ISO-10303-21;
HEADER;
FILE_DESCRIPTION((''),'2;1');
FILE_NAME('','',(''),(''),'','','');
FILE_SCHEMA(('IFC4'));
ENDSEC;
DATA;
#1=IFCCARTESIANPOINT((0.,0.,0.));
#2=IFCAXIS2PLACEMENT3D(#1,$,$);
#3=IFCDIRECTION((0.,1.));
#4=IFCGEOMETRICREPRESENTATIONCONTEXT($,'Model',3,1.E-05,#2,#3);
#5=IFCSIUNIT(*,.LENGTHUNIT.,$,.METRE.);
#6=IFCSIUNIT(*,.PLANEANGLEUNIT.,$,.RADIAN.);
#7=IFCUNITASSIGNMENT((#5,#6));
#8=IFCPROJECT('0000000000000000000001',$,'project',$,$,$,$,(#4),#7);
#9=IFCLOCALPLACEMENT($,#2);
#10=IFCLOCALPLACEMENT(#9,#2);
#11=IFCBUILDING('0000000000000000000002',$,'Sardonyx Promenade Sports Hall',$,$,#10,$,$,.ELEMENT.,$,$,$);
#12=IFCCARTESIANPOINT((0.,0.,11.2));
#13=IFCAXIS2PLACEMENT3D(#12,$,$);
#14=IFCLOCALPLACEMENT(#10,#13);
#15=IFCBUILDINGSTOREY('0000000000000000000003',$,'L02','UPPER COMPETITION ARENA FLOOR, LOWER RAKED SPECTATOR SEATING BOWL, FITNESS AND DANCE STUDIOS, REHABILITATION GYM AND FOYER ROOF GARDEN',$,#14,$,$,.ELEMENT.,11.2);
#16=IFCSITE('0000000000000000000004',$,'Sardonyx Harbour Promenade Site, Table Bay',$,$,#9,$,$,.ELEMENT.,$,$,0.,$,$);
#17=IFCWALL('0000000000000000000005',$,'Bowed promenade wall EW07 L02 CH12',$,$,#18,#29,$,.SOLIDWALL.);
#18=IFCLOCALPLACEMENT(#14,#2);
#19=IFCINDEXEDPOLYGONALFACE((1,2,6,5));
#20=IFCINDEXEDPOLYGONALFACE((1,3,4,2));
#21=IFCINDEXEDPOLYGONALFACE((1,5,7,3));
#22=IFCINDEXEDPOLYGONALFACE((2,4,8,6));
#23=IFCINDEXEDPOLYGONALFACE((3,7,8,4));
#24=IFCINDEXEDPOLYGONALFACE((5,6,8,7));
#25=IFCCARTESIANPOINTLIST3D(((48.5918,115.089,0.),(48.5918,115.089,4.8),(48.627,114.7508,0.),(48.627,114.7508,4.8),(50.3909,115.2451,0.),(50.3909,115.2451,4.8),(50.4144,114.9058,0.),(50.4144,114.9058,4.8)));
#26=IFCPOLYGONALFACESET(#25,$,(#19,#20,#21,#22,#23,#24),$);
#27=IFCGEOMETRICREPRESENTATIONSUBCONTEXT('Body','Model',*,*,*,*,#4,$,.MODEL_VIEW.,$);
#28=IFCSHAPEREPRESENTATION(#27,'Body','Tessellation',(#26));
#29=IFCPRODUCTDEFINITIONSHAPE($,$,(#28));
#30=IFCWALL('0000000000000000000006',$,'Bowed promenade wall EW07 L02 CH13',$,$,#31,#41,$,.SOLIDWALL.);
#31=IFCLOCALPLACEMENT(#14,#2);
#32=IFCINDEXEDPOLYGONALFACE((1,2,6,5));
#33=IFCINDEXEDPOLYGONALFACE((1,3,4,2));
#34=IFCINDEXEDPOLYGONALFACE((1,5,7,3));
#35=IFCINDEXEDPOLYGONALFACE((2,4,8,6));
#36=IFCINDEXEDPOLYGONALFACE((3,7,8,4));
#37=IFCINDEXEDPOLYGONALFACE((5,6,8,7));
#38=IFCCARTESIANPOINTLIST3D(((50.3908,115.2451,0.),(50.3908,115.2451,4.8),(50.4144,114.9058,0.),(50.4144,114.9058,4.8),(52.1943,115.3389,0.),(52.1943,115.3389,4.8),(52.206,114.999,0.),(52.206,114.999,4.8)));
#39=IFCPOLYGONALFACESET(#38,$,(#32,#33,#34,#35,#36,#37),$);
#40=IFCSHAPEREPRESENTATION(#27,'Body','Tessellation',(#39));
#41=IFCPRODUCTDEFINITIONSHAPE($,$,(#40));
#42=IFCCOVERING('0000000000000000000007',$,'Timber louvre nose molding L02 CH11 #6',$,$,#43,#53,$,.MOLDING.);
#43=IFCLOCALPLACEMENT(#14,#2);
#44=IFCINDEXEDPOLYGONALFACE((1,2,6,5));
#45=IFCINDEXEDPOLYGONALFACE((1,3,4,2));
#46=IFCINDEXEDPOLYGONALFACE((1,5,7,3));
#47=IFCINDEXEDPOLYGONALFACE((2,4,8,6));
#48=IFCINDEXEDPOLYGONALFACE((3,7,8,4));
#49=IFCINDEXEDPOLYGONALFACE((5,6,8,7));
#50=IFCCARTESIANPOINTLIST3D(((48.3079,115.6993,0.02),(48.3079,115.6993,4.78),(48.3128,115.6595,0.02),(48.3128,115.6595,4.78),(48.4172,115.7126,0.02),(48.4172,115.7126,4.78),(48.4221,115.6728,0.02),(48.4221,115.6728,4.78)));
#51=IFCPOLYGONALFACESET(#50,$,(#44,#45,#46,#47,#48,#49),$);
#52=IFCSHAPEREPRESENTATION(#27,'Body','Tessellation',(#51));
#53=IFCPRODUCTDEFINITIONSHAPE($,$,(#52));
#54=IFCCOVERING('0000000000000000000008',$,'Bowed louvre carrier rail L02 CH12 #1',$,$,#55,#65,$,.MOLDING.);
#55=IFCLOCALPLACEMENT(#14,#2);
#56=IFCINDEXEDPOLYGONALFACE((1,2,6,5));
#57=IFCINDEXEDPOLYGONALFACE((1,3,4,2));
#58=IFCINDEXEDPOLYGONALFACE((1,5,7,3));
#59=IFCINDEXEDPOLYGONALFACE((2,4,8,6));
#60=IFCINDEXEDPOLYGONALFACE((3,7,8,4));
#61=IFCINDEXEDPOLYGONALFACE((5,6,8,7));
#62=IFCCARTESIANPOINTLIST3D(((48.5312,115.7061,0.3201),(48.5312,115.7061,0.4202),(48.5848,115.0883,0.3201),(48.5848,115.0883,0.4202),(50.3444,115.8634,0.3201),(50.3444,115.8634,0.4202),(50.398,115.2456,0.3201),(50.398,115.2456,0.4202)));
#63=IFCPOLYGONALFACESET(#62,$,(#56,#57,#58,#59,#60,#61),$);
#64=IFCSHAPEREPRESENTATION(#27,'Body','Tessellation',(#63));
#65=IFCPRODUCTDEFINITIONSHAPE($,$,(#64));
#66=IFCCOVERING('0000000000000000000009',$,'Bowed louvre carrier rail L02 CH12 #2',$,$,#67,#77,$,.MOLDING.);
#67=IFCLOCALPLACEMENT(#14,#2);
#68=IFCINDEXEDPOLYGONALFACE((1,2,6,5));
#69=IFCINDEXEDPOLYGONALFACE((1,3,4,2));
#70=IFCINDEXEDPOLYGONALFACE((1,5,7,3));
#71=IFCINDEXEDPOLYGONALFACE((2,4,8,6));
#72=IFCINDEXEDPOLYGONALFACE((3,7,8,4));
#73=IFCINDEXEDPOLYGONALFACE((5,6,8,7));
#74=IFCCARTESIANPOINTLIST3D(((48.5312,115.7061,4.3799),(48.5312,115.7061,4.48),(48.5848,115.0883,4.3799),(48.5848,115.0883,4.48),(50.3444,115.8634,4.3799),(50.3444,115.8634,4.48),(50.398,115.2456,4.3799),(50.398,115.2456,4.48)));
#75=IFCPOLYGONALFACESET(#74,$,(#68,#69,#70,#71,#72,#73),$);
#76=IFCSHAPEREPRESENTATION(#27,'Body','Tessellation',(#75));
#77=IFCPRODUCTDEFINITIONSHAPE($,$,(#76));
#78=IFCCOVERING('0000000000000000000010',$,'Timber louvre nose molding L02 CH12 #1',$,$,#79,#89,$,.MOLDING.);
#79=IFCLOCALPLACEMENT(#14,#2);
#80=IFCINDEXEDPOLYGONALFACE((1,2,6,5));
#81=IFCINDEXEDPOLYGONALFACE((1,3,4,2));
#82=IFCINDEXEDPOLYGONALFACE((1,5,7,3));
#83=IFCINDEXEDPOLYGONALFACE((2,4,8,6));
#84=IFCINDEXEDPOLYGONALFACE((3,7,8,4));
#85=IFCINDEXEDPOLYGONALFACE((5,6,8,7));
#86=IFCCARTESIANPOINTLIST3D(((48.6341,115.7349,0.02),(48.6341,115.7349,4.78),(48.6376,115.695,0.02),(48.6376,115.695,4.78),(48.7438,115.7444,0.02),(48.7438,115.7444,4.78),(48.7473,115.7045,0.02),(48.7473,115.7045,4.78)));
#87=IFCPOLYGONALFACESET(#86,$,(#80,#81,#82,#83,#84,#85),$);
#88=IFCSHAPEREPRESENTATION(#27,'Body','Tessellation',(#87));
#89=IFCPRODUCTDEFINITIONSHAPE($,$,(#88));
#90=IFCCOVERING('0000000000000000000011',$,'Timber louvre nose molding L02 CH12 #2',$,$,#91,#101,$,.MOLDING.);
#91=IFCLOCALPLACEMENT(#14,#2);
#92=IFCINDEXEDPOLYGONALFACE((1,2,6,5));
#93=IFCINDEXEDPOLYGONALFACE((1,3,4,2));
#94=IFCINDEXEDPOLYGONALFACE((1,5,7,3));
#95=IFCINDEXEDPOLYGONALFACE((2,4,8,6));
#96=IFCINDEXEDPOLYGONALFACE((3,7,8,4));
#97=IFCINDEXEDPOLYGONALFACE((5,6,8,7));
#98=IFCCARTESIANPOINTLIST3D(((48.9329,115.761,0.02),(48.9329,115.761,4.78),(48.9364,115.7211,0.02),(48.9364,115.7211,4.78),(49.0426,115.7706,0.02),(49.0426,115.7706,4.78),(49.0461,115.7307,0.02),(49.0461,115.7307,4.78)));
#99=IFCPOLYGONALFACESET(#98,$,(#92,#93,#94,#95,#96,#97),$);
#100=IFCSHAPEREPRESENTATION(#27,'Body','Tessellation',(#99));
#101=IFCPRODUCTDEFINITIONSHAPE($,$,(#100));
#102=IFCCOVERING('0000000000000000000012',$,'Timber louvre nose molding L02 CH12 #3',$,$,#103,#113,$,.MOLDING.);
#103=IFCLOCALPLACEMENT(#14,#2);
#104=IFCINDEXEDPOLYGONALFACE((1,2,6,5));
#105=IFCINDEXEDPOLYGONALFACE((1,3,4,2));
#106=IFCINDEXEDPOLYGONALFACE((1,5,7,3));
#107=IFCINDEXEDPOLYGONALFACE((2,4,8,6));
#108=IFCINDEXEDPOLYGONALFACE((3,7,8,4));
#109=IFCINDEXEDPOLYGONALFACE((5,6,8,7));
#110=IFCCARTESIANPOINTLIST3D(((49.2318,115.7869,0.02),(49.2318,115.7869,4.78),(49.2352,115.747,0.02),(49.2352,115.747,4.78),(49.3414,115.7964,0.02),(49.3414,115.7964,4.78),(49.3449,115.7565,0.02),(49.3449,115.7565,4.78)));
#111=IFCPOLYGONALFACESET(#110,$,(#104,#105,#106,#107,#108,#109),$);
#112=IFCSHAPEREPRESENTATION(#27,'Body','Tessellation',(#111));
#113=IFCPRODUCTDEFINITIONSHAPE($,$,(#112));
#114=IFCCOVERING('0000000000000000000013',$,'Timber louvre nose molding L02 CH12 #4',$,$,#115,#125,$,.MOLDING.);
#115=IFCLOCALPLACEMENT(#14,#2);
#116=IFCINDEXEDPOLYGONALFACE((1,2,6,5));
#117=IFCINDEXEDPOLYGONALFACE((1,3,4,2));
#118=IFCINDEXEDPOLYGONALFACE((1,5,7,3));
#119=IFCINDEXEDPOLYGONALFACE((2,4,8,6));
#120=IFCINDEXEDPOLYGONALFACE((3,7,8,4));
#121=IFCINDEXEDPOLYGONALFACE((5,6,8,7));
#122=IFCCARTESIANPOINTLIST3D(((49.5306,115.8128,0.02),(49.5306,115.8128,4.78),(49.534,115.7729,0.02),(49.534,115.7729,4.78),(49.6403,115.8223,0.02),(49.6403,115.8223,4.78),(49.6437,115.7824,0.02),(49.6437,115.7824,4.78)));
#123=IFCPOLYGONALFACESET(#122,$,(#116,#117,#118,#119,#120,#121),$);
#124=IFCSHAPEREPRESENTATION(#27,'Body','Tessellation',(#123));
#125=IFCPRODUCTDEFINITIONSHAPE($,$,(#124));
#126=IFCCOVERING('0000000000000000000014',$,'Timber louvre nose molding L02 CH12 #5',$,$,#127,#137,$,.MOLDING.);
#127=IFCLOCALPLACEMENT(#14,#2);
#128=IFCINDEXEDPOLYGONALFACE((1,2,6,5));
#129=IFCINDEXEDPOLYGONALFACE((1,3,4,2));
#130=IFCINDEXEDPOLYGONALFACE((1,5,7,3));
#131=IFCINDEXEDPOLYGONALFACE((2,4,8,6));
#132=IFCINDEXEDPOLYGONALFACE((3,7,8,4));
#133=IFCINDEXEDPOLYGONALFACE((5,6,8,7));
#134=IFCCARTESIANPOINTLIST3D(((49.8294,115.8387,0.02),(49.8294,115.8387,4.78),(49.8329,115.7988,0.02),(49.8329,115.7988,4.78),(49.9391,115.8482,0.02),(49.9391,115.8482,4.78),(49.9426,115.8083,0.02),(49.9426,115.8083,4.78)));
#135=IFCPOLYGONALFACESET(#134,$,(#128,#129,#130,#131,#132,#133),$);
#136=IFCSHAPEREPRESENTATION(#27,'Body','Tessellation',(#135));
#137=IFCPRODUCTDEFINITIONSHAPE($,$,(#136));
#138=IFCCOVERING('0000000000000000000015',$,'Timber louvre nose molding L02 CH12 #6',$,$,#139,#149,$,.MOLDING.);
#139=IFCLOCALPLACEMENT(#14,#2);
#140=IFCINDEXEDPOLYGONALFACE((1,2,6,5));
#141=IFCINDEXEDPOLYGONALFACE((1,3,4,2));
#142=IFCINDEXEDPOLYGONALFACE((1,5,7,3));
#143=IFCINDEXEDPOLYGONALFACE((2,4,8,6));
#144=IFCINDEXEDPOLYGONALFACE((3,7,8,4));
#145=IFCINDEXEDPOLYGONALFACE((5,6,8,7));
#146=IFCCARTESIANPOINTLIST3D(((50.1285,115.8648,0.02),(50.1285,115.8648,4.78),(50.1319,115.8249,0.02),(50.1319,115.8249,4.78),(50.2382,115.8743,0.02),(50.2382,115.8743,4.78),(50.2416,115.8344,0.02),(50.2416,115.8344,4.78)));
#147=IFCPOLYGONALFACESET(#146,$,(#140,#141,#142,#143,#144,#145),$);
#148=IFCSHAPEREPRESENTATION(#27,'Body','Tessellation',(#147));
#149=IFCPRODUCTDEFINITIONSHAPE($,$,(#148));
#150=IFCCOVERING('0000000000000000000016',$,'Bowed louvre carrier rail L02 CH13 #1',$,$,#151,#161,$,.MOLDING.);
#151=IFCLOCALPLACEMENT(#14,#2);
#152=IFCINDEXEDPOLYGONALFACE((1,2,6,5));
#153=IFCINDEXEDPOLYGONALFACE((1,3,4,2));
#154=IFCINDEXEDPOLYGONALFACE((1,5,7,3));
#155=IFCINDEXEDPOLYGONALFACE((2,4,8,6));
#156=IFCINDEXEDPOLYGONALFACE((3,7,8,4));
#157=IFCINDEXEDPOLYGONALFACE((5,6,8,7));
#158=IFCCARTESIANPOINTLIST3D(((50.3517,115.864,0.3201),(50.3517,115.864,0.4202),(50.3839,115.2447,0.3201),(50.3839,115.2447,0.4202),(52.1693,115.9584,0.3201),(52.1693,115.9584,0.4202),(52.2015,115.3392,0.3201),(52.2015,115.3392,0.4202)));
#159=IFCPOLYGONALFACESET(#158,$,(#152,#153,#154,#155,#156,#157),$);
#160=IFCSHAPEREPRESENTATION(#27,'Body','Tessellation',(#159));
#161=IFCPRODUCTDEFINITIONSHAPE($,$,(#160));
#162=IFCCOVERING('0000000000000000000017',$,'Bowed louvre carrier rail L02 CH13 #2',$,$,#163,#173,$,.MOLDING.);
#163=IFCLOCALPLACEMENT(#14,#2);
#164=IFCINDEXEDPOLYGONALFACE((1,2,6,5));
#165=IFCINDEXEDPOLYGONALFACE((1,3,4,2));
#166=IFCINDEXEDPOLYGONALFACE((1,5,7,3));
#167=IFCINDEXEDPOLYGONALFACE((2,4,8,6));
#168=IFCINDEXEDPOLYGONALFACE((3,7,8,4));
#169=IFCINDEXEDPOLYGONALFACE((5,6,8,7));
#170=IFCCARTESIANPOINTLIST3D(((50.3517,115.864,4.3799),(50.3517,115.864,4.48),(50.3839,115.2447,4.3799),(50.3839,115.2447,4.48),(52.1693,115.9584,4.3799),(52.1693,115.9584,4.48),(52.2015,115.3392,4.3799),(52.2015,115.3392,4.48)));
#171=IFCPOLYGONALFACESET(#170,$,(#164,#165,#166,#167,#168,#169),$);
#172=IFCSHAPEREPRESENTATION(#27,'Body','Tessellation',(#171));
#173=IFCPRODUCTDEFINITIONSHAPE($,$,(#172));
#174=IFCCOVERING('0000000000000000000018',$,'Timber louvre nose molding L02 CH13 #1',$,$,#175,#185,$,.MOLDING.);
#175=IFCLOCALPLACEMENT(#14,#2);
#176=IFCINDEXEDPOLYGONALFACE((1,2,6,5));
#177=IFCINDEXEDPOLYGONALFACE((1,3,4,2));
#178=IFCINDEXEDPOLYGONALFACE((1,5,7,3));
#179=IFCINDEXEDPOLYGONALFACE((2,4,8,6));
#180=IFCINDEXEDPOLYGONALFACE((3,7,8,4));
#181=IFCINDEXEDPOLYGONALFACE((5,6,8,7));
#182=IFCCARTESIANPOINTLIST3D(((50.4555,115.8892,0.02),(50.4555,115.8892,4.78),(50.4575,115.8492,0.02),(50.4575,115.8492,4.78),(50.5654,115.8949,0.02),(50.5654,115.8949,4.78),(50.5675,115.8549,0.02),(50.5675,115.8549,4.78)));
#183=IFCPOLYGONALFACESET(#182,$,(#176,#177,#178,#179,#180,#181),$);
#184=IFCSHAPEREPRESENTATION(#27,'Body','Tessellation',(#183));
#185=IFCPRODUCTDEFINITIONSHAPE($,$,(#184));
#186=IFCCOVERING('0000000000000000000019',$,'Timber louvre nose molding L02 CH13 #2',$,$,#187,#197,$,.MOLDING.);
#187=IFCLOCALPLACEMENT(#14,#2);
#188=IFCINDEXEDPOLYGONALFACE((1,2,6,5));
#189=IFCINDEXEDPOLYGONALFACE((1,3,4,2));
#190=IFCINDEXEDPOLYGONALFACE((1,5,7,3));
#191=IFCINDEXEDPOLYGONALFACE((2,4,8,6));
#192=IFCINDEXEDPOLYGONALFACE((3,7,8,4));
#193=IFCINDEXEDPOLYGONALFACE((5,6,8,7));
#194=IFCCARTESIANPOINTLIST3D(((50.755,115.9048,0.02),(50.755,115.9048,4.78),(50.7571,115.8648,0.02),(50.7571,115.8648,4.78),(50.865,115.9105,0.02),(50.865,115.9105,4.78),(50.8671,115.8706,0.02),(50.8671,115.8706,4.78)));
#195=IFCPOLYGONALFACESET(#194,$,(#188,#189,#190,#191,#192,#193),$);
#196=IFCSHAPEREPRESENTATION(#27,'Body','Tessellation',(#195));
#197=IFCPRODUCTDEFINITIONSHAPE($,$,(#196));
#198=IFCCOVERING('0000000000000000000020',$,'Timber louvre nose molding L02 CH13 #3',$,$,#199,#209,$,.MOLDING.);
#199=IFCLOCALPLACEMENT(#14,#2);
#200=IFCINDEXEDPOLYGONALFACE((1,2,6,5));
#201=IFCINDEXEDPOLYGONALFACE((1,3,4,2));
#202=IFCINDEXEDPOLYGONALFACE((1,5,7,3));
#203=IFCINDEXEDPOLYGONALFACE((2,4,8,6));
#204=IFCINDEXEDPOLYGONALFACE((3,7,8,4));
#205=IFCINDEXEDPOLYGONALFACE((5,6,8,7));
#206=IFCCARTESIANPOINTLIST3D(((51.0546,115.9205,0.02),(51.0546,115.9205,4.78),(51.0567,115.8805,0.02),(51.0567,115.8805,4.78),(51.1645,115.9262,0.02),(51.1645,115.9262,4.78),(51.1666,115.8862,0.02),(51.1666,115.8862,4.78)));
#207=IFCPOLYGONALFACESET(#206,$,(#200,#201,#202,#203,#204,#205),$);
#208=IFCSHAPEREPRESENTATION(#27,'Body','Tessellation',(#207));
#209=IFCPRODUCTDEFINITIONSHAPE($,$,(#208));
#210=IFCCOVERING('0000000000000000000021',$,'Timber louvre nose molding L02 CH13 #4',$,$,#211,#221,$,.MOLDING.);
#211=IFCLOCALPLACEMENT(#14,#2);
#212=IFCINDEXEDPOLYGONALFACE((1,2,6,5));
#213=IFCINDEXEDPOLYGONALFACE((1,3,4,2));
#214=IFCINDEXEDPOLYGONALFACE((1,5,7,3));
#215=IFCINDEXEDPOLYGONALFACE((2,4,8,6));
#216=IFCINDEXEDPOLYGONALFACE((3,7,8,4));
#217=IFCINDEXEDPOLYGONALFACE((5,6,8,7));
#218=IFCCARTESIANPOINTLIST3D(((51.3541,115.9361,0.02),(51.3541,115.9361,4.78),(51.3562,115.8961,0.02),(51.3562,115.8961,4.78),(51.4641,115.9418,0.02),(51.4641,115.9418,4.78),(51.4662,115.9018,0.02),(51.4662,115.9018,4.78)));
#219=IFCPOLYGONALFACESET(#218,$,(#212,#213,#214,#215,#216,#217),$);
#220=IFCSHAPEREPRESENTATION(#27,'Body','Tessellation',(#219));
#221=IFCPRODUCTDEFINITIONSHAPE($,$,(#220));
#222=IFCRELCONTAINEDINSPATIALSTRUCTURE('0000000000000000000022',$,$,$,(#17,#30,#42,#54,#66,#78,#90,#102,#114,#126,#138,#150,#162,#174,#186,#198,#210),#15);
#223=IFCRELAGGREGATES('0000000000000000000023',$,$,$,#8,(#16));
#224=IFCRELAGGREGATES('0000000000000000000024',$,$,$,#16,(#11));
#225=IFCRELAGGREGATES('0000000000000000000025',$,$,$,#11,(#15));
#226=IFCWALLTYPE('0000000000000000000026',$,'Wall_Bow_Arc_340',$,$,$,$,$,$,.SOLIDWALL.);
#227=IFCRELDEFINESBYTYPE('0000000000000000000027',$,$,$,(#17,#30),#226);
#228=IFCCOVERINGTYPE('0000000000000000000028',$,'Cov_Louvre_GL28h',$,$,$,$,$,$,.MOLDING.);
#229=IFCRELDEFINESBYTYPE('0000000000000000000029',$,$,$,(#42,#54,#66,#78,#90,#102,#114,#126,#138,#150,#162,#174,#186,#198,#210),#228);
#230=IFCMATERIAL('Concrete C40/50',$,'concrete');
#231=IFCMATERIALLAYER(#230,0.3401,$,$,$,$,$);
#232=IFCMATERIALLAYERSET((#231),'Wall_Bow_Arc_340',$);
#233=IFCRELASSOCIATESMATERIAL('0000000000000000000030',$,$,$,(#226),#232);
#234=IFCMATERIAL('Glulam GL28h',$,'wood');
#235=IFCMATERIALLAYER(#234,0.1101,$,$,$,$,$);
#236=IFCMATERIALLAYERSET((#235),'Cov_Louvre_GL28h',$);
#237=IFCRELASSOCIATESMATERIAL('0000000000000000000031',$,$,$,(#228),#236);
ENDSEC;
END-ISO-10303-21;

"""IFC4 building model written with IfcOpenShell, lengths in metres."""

from ifc_helpers import new_model, si_unit, direction, frame, origin, origin_2d, place, context, subcontext, project, spatial, polyline, rectangle, outline, extrude, material, layer, layer_set, type_object, element, save


model = new_model("IFC4")

# Units and contexts
model_context = context("Model", 3, precision=1e-05, world=origin(), true_north=direction((0.0, 1.0)))
body_context = subcontext(model_context, "Body", "Model", "MODEL_VIEW")
ifc_project = project(units=[si_unit("LENGTHUNIT", "METRE"), si_unit("PLANEANGLEUNIT", "RADIAN")], contexts=[model_context])

# Site, building, storey
site_placement = place(None, origin())
site = spatial("IfcSite", under=ifc_project, at=site_placement, Name="Sardonyx Harbour Promenade Site, Table Bay", CompositionType="ELEMENT", RefElevation=0.0)
building_placement = place(site_placement, origin())
building = spatial("IfcBuilding", under=site, at=building_placement, Name="Sardonyx Promenade Sports Hall", CompositionType="ELEMENT")
storey_placement = place(building_placement, frame((0.0, 0.0, 11.2)))
storey = spatial("IfcBuildingStorey", under=building, at=storey_placement, Name="L02", Description="UPPER COMPETITION ARENA FLOOR, LOWER RAKED SPECTATOR SEATING BOWL, FITNESS AND DANCE STUDIOS, REHABILITATION GYM AND FOYER ROOF GARDEN", CompositionType="ELEMENT", Elevation=11.2)

# Walls
ifc_material_1 = material(Name="Concrete C40/50", Category="concrete")
ifc_layer_1 = layer(ifc_material_1, 0.3401)
ifc_layer_set_1 = layer_set([ifc_layer_1], Name="Wall_Bow_Arc_340")
wall_type = type_object("IfcWallType", Name="Wall_Bow_Arc_340", PredefinedType="SOLIDWALL", material=ifc_layer_set_1)
wall_1_placement = place(storey_placement, frame((48.6094, 114.9199, 0.0), z_axis=(0.0, 0.0, 1.0), x_axis=(0.99626, 0.086401, 0.0)))
element("IfcWall", 1, at=wall_1_placement, inside=storey, type_object=wall_type, Name="Bowed promenade wall EW07 L02 CH12", PredefinedType="SOLIDWALL", context=body_context, shape_type="SweptSolid", body=[
    extrude(outline(polyline([(0.0029, -0.17), (1.7971, -0.17), (1.8029, 0.17), (-0.0029, 0.17), (0.0029, -0.17)])), origin(), (0.0, 0.0, 1.0), 4.8),
])
wall_2_placement = place(storey_placement, frame((50.4026, 115.0754, 0.0), z_axis=(0.0, 0.0, 1.0), x_axis=(0.99865, 0.051947, 0.0)))
element("IfcWall", 2, at=wall_2_placement, inside=storey, type_object=wall_type, Name="Bowed promenade wall EW07 L02 CH13", PredefinedType="SOLIDWALL", context=body_context, shape_type="SweptSolid", body=[
    extrude(outline(polyline([(0.0029, -0.17), (1.7971, -0.17), (1.8029, 0.17), (-0.0029, 0.17), (0.0029, -0.17)])), origin(), (0.0, 0.0, 1.0), 4.8),
])

# Coverings
ifc_material_2 = material(Name="Glulam GL28h", Category="wood")
ifc_layer_2 = layer(ifc_material_2, 0.1101)
ifc_layer_set_2 = layer_set([ifc_layer_2], Name="Cov_Louvre_GL28h")
covering_type = type_object("IfcCoveringType", Name="Cov_Louvre_GL28h", PredefinedType="MOLDING", material=ifc_layer_set_2)
covering_placement = place(storey_placement, frame((48.365, 115.686, 0.02), z_axis=(0.0, 0.0, 1.0), x_axis=(0.992669, 0.120863, 0.0)))
element("IfcCovering", 3, at=covering_placement, inside=storey, type_object=covering_type, Name="Timber louvre nose molding L02 CH11 #6", PredefinedType="MOLDING", context=body_context, shape_type="SweptSolid", body=[
    extrude(rectangle(XDim=0.1101, YDim=0.04, at=origin_2d()), origin(), (0.0, 0.0, 1.0), 4.76),
])
for number, where, z_axis, x_axis, name in (
    (4, (49.4646, 115.4758, 0.3201), (0.0, 0.0, 1.0), (0.996258, 0.086434, 0.0), "Bowed louvre carrier rail L02 CH12 #1"),
    (5, (49.4646, 115.4758, 4.3799), (0.0, 0.0, 1.0), (0.996258, 0.086434, 0.0), "Bowed louvre carrier rail L02 CH12 #2"),
):
    element("IfcCovering", number, at=place(storey_placement, frame(where, z_axis=z_axis, x_axis=x_axis)), inside=storey, type_object=covering_type, Name=name, PredefinedType="MOLDING", context=body_context, shape_type="SweptSolid", body=[
        extrude(rectangle(XDim=1.8201, YDim=0.6201, at=origin_2d()), origin(), (0.0, 0.0, 1.0), 0.1001),
    ])
for number, where, z_axis, x_axis, name in (
    (6, (48.6907, 115.7197, 0.02), (0.0, 0.0, 1.0), (0.996258, 0.086434, 0.0), "Timber louvre nose molding L02 CH12 #1"),
    (7, (48.9895, 115.7458, 0.02), (0.0, 0.0, 1.0), (0.996258, 0.086434, 0.0), "Timber louvre nose molding L02 CH12 #2"),
    (8, (49.2883, 115.7717, 0.02), (0.0, 0.0, 1.0), (0.996258, 0.086434, 0.0), "Timber louvre nose molding L02 CH12 #3"),
    (9, (49.5872, 115.7976, 0.02), (0.0, 0.0, 1.0), (0.996258, 0.086434, 0.0), "Timber louvre nose molding L02 CH12 #4"),
    (10, (49.886, 115.8235, 0.02), (0.0, 0.0, 1.0), (0.996258, 0.086434, 0.0), "Timber louvre nose molding L02 CH12 #5"),
    (11, (50.1851, 115.8496, 0.02), (0.0, 0.0, 1.0), (0.996258, 0.086434, 0.0), "Timber louvre nose molding L02 CH12 #6"),
):
    element("IfcCovering", number, at=place(storey_placement, frame(where, z_axis=z_axis, x_axis=x_axis)), inside=storey, type_object=covering_type, Name=name, PredefinedType="MOLDING", context=body_context, shape_type="SweptSolid", body=[
        extrude(rectangle(XDim=0.1101, YDim=0.04, at=origin_2d()), origin(), (0.0, 0.0, 1.0), 4.76),
    ])
for number, where, z_axis, x_axis, name in (
    (12, (51.2766, 115.6016, 0.3201), (0.0, 0.0, 1.0), (0.998652, 0.051902, 0.0), "Bowed louvre carrier rail L02 CH13 #1"),
    (13, (51.2766, 115.6016, 4.3799), (0.0, 0.0, 1.0), (0.998652, 0.051902, 0.0), "Bowed louvre carrier rail L02 CH13 #2"),
):
    element("IfcCovering", number, at=place(storey_placement, frame(where, z_axis=z_axis, x_axis=x_axis)), inside=storey, type_object=covering_type, Name=name, PredefinedType="MOLDING", context=body_context, shape_type="SweptSolid", body=[
        extrude(rectangle(XDim=1.8201, YDim=0.6201, at=origin_2d()), origin(), (0.0, 0.0, 1.0), 0.1001),
    ])
for number, where, z_axis, x_axis, name in (
    (14, (50.5115, 115.8721, 0.02), (0.0, 0.0, 1.0), (0.998652, 0.051902, 0.0), "Timber louvre nose molding L02 CH13 #1"),
    (15, (50.811, 115.8877, 0.02), (0.0, 0.0, 1.0), (0.998652, 0.051902, 0.0), "Timber louvre nose molding L02 CH13 #2"),
    (16, (51.1106, 115.9033, 0.02), (0.0, 0.0, 1.0), (0.998652, 0.051902, 0.0), "Timber louvre nose molding L02 CH13 #3"),
    (17, (51.4102, 115.9189, 0.02), (0.0, 0.0, 1.0), (0.998652, 0.051902, 0.0), "Timber louvre nose molding L02 CH13 #4"),
):
    element("IfcCovering", number, at=place(storey_placement, frame(where, z_axis=z_axis, x_axis=x_axis)), inside=storey, type_object=covering_type, Name=name, PredefinedType="MOLDING", context=body_context, shape_type="SweptSolid", body=[
        extrude(rectangle(XDim=0.1101, YDim=0.04, at=origin_2d()), origin(), (0.0, 0.0, 1.0), 4.76),
    ])

save(model, "model.ifc")
